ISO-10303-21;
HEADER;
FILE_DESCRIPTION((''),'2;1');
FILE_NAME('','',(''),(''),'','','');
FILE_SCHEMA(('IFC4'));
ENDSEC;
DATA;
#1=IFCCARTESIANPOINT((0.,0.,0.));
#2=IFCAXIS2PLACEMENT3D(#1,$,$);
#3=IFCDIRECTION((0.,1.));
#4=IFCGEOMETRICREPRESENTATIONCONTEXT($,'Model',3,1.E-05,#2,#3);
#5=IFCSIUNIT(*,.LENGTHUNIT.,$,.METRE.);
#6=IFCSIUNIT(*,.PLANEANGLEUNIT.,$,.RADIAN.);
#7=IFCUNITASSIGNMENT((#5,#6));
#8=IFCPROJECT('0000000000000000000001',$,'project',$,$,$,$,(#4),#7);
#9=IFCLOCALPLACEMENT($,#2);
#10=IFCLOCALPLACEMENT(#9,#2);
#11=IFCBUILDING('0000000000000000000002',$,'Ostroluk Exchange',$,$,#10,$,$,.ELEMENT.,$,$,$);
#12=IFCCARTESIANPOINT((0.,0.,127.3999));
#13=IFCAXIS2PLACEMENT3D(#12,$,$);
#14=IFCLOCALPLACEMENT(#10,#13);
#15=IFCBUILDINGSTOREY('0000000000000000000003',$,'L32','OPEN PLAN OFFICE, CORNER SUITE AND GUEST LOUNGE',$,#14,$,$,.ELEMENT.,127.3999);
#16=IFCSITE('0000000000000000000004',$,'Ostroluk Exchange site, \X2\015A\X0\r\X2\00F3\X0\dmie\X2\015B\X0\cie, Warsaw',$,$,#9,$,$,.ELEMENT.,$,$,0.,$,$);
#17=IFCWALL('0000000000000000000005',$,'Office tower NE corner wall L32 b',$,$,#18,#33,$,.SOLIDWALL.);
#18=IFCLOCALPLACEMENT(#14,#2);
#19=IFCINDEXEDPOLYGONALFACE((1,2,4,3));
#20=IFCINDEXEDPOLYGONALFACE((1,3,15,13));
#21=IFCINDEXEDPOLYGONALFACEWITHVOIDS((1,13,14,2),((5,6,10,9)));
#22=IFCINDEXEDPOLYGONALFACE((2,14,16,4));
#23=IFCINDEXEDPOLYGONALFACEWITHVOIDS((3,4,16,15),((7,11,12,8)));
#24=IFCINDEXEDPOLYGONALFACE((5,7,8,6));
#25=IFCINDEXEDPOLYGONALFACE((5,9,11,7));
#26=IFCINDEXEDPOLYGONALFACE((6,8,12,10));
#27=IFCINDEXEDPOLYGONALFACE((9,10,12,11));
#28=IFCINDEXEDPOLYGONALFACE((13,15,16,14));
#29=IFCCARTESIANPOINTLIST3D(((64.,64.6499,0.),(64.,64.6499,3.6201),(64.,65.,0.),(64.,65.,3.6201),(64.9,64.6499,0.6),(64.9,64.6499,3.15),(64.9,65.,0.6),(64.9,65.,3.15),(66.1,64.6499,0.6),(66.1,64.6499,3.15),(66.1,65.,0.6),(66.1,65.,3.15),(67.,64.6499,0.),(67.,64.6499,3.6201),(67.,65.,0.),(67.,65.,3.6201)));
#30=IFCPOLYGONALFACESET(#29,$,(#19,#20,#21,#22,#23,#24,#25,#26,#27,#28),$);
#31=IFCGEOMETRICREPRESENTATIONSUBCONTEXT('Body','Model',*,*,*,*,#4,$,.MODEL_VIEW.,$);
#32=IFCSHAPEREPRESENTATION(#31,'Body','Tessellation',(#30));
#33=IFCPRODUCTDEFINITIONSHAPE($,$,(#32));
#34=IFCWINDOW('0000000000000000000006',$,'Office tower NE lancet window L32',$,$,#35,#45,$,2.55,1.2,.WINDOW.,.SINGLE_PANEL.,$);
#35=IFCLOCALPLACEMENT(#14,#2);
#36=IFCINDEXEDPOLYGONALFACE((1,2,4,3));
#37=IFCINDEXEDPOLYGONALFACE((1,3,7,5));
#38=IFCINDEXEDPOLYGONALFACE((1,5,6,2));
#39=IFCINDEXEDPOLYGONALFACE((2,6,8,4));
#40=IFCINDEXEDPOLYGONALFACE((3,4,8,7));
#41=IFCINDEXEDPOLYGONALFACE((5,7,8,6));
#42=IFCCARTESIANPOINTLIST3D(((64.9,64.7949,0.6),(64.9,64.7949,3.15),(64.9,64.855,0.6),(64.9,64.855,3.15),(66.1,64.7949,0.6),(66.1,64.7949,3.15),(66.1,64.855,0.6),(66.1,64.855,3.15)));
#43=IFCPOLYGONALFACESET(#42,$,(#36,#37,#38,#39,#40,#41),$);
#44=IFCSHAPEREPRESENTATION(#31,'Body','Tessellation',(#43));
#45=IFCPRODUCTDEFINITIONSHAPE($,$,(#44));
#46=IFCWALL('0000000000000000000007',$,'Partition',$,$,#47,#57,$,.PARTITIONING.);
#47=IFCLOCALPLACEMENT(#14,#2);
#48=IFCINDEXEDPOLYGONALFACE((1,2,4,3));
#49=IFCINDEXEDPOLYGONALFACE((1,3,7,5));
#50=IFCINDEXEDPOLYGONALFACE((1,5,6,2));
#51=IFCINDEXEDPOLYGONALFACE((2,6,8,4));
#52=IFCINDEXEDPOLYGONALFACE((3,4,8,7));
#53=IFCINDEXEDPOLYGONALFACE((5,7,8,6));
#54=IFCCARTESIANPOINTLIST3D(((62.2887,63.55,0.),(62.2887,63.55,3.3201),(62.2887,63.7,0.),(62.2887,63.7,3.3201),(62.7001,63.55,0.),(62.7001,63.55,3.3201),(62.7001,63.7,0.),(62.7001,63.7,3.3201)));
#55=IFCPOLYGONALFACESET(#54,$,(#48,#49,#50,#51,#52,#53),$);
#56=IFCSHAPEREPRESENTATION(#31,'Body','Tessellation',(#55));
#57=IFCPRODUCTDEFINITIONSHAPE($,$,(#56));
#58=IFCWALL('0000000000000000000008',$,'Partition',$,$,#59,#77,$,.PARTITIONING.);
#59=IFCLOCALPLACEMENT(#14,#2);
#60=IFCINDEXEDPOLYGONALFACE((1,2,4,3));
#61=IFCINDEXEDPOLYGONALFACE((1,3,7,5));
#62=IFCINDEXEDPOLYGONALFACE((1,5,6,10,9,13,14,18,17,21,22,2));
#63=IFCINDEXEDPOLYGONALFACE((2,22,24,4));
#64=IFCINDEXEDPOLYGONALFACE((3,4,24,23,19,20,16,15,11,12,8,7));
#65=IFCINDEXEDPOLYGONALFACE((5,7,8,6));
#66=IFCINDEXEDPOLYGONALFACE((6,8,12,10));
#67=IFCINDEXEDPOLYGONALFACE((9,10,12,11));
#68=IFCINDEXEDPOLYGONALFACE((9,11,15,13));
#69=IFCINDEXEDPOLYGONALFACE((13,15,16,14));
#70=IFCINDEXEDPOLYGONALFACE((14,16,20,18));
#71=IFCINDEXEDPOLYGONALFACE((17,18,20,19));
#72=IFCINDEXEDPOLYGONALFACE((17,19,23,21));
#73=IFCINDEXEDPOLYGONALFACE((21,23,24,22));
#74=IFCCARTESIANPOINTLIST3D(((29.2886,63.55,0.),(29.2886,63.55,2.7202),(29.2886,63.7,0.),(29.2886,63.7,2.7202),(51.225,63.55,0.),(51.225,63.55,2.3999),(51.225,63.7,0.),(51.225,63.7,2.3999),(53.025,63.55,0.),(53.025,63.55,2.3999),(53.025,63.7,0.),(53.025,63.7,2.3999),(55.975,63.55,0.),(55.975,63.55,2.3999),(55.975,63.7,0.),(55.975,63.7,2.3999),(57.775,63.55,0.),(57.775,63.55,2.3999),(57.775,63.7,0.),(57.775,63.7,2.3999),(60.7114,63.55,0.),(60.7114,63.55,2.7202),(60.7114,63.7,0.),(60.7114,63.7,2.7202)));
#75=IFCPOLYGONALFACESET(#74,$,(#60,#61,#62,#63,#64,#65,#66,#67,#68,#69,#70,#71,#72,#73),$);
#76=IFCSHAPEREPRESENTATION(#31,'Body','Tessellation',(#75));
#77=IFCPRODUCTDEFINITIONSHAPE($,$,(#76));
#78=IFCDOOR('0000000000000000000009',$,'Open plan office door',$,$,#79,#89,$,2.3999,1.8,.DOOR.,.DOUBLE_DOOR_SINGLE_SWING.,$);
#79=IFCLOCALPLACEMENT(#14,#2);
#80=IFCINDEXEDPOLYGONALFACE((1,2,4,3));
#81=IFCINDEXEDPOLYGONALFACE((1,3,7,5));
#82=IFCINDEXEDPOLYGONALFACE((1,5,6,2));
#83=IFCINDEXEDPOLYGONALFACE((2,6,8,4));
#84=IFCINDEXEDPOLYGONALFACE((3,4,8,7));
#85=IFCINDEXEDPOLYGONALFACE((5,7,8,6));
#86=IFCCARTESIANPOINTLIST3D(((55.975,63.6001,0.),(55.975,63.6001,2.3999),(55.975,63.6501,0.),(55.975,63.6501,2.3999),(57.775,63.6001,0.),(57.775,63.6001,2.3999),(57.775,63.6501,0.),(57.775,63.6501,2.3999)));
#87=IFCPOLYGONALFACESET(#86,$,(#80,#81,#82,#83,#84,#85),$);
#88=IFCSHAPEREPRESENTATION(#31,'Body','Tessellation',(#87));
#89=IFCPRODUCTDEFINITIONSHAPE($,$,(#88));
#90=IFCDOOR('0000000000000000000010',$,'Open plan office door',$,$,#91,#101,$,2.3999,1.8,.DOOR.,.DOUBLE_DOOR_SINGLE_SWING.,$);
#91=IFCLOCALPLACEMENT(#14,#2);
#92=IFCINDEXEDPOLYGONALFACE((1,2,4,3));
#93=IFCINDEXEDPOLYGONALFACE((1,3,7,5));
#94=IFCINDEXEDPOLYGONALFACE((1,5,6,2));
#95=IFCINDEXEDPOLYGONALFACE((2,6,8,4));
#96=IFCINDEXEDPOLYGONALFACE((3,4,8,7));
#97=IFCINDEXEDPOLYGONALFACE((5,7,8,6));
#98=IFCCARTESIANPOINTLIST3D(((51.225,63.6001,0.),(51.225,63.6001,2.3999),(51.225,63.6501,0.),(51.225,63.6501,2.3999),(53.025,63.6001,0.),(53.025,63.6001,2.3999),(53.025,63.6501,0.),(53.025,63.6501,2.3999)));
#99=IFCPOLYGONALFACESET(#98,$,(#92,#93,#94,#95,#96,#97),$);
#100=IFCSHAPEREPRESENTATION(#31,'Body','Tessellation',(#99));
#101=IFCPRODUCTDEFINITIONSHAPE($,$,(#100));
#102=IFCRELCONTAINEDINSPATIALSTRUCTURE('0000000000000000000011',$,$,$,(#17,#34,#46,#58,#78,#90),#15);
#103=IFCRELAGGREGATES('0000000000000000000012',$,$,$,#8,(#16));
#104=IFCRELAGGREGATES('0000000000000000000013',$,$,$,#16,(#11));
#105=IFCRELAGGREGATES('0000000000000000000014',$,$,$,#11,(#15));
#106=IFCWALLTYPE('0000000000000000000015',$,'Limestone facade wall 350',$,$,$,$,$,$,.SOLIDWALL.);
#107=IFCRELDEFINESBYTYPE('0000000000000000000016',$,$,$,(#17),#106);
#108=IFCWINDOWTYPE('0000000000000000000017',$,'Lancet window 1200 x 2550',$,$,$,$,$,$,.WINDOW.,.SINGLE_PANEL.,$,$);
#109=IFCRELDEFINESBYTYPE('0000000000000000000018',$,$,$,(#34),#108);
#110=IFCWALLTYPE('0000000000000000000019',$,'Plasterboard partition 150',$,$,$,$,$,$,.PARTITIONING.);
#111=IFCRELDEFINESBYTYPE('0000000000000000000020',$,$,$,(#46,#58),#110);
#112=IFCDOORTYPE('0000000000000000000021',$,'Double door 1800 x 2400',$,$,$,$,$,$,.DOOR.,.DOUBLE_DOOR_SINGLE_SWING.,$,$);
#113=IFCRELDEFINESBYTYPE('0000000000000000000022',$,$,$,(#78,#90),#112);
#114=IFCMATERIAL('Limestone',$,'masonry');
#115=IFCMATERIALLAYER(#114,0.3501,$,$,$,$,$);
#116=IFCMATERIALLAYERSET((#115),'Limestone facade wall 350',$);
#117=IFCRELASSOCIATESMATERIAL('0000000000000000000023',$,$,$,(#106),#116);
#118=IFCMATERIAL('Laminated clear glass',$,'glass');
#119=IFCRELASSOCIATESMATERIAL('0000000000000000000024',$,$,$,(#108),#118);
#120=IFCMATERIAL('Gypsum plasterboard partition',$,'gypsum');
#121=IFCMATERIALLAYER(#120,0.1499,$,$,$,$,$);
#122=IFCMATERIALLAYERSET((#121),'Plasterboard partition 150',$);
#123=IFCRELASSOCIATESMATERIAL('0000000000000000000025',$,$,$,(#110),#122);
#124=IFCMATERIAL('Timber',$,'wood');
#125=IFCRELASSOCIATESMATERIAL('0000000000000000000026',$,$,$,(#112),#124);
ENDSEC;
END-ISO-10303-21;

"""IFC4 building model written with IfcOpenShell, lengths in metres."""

from ifc_helpers import new_model, si_unit, direction, frame, frame_2d, origin, place, context, subcontext, project, spatial, rectangle, extrude, material, layer, layer_set, type_object, element, fill, save


model = new_model("IFC4")

# Units and contexts
model_context = context("Model", 3, precision=1e-05, world=origin(), true_north=direction((0.0, 1.0)))
body_context = subcontext(model_context, "Body", "Model", "MODEL_VIEW")
ifc_project = project(units=[si_unit("LENGTHUNIT", "METRE"), si_unit("PLANEANGLEUNIT", "RADIAN")], contexts=[model_context])

# Site, building, storey
site_placement = place(None, origin())
site = spatial("IfcSite", under=ifc_project, at=site_placement, Name="Ostroluk Exchange site, Śródmieście, Warsaw", CompositionType="ELEMENT", RefElevation=0.0)
building_placement = place(site_placement, origin())
building = spatial("IfcBuilding", under=site, at=building_placement, Name="Ostroluk Exchange", CompositionType="ELEMENT")
storey_placement = place(building_placement, frame((0.0, 0.0, 127.3999)))
storey = spatial("IfcBuildingStorey", under=building, at=storey_placement, Name="L32", Description="OPEN PLAN OFFICE, CORNER SUITE AND GUEST LOUNGE", CompositionType="ELEMENT", Elevation=127.3999)

# Shared definitions
ifc_material_1 = material(Name="Limestone", Category="masonry")
ifc_layer_1 = layer(ifc_material_1, 0.3501)
ifc_layer_set_1 = layer_set([ifc_layer_1], Name="Limestone facade wall 350")
wall_type_1 = type_object("IfcWallType", Name="Limestone facade wall 350", PredefinedType="SOLIDWALL", material=ifc_layer_set_1)

# Wall, opening, window
wall_1_placement = place(storey_placement, frame((64.0, 64.825, 0.0), z_axis=(0.0, 0.0, 1.0), x_axis=(1.0, 0.0, 0.0)))
wall_1 = element("IfcWall", 1, at=wall_1_placement, inside=storey, type_object=wall_type_1, Name="Office tower NE corner wall L32 b", PredefinedType="SOLIDWALL", context=body_context, shape_type="SweptSolid", body=[
    extrude(rectangle(XDim=3.0, YDim=0.3501, at=frame_2d((1.5, 0.0))), origin(), (0.0, 0.0, 1.0), 3.6201),
])
opening_1_placement = place(wall_1_placement, frame((0.8999, 0.0, 0.6001)))
opening_1 = element("IfcOpeningElement", 2, at=opening_1_placement, cuts=wall_1, PredefinedType="OPENING", context=body_context, shape_type="SweptSolid", body=[
    extrude(rectangle(XDim=1.2, YDim=2.55, at=frame_2d((0.6001, 1.2749))), frame((0.0, 0.1851, 0.0), z_axis=(0.0, -1.0, 0.0), x_axis=(1.0, 0.0, 0.0)), (0.0, 0.0, 1.0), 0.3701),
])
ifc_material_2 = material(Name="Laminated clear glass", Category="glass")
window_type = type_object("IfcWindowType", Name="Lancet window 1200 x 2550", PartitioningType="SINGLE_PANEL", PredefinedType="WINDOW", material=ifc_material_2)
window_placement = place(opening_1_placement, origin())
window = element("IfcWindow", 3, at=window_placement, inside=storey, type_object=window_type, Name="Office tower NE lancet window L32", OverallHeight=2.55, OverallWidth=1.2, PartitioningType="SINGLE_PANEL", PredefinedType="WINDOW", context=body_context, shape_type="SweptSolid", body=[
    extrude(rectangle(XDim=1.2, YDim=2.55, at=frame_2d((0.6001, 1.2749))), frame((0.0, 0.03, 0.0), z_axis=(0.0, -1.0, 0.0), x_axis=(1.0, 0.0, 0.0)), (0.0, 0.0, 1.0), 0.0601),
])
fill(opening_1, window)

# Wall
ifc_material_3 = material(Name="Gypsum plasterboard partition", Category="gypsum")
ifc_layer_2 = layer(ifc_material_3, 0.1499)
ifc_layer_set_2 = layer_set([ifc_layer_2], Name="Plasterboard partition 150")
wall_type_2 = type_object("IfcWallType", Name="Plasterboard partition 150", PredefinedType="PARTITIONING", material=ifc_layer_set_2)
wall_2_placement = place(storey_placement, frame((62.7, 63.625, 0.0), z_axis=(0.0, 0.0, 1.0), x_axis=(-1.0, 0.0, 0.0)))
element("IfcWall", 4, at=wall_2_placement, inside=storey, type_object=wall_type_2, Name="Partition", PredefinedType="PARTITIONING", context=body_context, shape_type="SweptSolid", body=[
    extrude(rectangle(XDim=0.4114, YDim=0.1499, at=frame_2d((0.2056, 0.0))), origin(), (0.0, 0.0, 1.0), 3.3201),
])

# Wall, openings, doors
wall_3_placement = place(storey_placement, frame((60.7114, 63.625, 0.0), z_axis=(0.0, 0.0, 1.0), x_axis=(-1.0, 0.0, 0.0)))
wall_3 = element("IfcWall", 5, at=wall_3_placement, inside=storey, type_object=wall_type_2, Name="Partition", PredefinedType="PARTITIONING", context=body_context, shape_type="SweptSolid", body=[
    extrude(rectangle(XDim=31.4229, YDim=0.1499, at=frame_2d((15.7114, 0.0))), origin(), (0.0, 0.0, 1.0), 2.7202),
])
opening_2_placement = place(wall_3_placement, frame((2.9365, 0.0, 0.0)))
opening_2 = element("IfcOpeningElement", 6, at=opening_2_placement, cuts=wall_3, PredefinedType="OPENING", context=body_context, shape_type="SweptSolid", body=[
    extrude(rectangle(XDim=1.8, YDim=2.3999, at=frame_2d((0.8999, 1.2))), frame((0.0, 0.085, 0.0), z_axis=(0.0, -1.0, 0.0), x_axis=(1.0, 0.0, 0.0)), (0.0, 0.0, 1.0), 0.1699),
])
opening_3_placement = place(wall_3_placement, frame((7.6865, 0.0, 0.0)))
opening_3 = element("IfcOpeningElement", 7, at=opening_3_placement, cuts=wall_3, PredefinedType="OPENING", context=body_context, shape_type="SweptSolid", body=[
    extrude(rectangle(XDim=1.8, YDim=2.3999, at=frame_2d((0.8999, 1.2))), frame((0.0, 0.085, 0.0), z_axis=(0.0, -1.0, 0.0), x_axis=(1.0, 0.0, 0.0)), (0.0, 0.0, 1.0), 0.1699),
])
ifc_material_4 = material(Name="Timber", Category="wood")
door_type_1 = type_object("IfcDoorType", Name="Double door 1800 x 2400", OperationType="DOUBLE_DOOR_SINGLE_SWING", PredefinedType="DOOR", material=ifc_material_4)
door_1_placement = place(opening_2_placement, origin())
door_1 = element("IfcDoor", 8, at=door_1_placement, inside=storey, type_object=door_type_1, Name="Open plan office door", OperationType="DOUBLE_DOOR_SINGLE_SWING", OverallHeight=2.3999, OverallWidth=1.8, PredefinedType="DOOR", context=body_context, shape_type="SweptSolid", body=[
    extrude(rectangle(XDim=1.8, YDim=2.3999, at=frame_2d((0.8999, 1.2))), frame((0.0, 0.0249, 0.0), z_axis=(0.0, -1.0, 0.0), x_axis=(1.0, 0.0, 0.0)), (0.0, 0.0, 1.0), 0.05),
])
fill(opening_2, door_1)
door_2_placement = place(opening_3_placement, origin())
door_2 = element("IfcDoor", 9, at=door_2_placement, inside=storey, type_object=door_type_1, Name="Open plan office door", OperationType="DOUBLE_DOOR_SINGLE_SWING", OverallHeight=2.3999, OverallWidth=1.8, PredefinedType="DOOR", context=body_context, shape_type="SweptSolid", body=[
    extrude(rectangle(XDim=1.8, YDim=2.3999, at=frame_2d((0.8999, 1.2))), frame((0.0, 0.0249, 0.0), z_axis=(0.0, -1.0, 0.0), x_axis=(1.0, 0.0, 0.0)), (0.0, 0.0, 1.0), 0.05),
])
fill(opening_3, door_2)

save(model, "model.ifc")
